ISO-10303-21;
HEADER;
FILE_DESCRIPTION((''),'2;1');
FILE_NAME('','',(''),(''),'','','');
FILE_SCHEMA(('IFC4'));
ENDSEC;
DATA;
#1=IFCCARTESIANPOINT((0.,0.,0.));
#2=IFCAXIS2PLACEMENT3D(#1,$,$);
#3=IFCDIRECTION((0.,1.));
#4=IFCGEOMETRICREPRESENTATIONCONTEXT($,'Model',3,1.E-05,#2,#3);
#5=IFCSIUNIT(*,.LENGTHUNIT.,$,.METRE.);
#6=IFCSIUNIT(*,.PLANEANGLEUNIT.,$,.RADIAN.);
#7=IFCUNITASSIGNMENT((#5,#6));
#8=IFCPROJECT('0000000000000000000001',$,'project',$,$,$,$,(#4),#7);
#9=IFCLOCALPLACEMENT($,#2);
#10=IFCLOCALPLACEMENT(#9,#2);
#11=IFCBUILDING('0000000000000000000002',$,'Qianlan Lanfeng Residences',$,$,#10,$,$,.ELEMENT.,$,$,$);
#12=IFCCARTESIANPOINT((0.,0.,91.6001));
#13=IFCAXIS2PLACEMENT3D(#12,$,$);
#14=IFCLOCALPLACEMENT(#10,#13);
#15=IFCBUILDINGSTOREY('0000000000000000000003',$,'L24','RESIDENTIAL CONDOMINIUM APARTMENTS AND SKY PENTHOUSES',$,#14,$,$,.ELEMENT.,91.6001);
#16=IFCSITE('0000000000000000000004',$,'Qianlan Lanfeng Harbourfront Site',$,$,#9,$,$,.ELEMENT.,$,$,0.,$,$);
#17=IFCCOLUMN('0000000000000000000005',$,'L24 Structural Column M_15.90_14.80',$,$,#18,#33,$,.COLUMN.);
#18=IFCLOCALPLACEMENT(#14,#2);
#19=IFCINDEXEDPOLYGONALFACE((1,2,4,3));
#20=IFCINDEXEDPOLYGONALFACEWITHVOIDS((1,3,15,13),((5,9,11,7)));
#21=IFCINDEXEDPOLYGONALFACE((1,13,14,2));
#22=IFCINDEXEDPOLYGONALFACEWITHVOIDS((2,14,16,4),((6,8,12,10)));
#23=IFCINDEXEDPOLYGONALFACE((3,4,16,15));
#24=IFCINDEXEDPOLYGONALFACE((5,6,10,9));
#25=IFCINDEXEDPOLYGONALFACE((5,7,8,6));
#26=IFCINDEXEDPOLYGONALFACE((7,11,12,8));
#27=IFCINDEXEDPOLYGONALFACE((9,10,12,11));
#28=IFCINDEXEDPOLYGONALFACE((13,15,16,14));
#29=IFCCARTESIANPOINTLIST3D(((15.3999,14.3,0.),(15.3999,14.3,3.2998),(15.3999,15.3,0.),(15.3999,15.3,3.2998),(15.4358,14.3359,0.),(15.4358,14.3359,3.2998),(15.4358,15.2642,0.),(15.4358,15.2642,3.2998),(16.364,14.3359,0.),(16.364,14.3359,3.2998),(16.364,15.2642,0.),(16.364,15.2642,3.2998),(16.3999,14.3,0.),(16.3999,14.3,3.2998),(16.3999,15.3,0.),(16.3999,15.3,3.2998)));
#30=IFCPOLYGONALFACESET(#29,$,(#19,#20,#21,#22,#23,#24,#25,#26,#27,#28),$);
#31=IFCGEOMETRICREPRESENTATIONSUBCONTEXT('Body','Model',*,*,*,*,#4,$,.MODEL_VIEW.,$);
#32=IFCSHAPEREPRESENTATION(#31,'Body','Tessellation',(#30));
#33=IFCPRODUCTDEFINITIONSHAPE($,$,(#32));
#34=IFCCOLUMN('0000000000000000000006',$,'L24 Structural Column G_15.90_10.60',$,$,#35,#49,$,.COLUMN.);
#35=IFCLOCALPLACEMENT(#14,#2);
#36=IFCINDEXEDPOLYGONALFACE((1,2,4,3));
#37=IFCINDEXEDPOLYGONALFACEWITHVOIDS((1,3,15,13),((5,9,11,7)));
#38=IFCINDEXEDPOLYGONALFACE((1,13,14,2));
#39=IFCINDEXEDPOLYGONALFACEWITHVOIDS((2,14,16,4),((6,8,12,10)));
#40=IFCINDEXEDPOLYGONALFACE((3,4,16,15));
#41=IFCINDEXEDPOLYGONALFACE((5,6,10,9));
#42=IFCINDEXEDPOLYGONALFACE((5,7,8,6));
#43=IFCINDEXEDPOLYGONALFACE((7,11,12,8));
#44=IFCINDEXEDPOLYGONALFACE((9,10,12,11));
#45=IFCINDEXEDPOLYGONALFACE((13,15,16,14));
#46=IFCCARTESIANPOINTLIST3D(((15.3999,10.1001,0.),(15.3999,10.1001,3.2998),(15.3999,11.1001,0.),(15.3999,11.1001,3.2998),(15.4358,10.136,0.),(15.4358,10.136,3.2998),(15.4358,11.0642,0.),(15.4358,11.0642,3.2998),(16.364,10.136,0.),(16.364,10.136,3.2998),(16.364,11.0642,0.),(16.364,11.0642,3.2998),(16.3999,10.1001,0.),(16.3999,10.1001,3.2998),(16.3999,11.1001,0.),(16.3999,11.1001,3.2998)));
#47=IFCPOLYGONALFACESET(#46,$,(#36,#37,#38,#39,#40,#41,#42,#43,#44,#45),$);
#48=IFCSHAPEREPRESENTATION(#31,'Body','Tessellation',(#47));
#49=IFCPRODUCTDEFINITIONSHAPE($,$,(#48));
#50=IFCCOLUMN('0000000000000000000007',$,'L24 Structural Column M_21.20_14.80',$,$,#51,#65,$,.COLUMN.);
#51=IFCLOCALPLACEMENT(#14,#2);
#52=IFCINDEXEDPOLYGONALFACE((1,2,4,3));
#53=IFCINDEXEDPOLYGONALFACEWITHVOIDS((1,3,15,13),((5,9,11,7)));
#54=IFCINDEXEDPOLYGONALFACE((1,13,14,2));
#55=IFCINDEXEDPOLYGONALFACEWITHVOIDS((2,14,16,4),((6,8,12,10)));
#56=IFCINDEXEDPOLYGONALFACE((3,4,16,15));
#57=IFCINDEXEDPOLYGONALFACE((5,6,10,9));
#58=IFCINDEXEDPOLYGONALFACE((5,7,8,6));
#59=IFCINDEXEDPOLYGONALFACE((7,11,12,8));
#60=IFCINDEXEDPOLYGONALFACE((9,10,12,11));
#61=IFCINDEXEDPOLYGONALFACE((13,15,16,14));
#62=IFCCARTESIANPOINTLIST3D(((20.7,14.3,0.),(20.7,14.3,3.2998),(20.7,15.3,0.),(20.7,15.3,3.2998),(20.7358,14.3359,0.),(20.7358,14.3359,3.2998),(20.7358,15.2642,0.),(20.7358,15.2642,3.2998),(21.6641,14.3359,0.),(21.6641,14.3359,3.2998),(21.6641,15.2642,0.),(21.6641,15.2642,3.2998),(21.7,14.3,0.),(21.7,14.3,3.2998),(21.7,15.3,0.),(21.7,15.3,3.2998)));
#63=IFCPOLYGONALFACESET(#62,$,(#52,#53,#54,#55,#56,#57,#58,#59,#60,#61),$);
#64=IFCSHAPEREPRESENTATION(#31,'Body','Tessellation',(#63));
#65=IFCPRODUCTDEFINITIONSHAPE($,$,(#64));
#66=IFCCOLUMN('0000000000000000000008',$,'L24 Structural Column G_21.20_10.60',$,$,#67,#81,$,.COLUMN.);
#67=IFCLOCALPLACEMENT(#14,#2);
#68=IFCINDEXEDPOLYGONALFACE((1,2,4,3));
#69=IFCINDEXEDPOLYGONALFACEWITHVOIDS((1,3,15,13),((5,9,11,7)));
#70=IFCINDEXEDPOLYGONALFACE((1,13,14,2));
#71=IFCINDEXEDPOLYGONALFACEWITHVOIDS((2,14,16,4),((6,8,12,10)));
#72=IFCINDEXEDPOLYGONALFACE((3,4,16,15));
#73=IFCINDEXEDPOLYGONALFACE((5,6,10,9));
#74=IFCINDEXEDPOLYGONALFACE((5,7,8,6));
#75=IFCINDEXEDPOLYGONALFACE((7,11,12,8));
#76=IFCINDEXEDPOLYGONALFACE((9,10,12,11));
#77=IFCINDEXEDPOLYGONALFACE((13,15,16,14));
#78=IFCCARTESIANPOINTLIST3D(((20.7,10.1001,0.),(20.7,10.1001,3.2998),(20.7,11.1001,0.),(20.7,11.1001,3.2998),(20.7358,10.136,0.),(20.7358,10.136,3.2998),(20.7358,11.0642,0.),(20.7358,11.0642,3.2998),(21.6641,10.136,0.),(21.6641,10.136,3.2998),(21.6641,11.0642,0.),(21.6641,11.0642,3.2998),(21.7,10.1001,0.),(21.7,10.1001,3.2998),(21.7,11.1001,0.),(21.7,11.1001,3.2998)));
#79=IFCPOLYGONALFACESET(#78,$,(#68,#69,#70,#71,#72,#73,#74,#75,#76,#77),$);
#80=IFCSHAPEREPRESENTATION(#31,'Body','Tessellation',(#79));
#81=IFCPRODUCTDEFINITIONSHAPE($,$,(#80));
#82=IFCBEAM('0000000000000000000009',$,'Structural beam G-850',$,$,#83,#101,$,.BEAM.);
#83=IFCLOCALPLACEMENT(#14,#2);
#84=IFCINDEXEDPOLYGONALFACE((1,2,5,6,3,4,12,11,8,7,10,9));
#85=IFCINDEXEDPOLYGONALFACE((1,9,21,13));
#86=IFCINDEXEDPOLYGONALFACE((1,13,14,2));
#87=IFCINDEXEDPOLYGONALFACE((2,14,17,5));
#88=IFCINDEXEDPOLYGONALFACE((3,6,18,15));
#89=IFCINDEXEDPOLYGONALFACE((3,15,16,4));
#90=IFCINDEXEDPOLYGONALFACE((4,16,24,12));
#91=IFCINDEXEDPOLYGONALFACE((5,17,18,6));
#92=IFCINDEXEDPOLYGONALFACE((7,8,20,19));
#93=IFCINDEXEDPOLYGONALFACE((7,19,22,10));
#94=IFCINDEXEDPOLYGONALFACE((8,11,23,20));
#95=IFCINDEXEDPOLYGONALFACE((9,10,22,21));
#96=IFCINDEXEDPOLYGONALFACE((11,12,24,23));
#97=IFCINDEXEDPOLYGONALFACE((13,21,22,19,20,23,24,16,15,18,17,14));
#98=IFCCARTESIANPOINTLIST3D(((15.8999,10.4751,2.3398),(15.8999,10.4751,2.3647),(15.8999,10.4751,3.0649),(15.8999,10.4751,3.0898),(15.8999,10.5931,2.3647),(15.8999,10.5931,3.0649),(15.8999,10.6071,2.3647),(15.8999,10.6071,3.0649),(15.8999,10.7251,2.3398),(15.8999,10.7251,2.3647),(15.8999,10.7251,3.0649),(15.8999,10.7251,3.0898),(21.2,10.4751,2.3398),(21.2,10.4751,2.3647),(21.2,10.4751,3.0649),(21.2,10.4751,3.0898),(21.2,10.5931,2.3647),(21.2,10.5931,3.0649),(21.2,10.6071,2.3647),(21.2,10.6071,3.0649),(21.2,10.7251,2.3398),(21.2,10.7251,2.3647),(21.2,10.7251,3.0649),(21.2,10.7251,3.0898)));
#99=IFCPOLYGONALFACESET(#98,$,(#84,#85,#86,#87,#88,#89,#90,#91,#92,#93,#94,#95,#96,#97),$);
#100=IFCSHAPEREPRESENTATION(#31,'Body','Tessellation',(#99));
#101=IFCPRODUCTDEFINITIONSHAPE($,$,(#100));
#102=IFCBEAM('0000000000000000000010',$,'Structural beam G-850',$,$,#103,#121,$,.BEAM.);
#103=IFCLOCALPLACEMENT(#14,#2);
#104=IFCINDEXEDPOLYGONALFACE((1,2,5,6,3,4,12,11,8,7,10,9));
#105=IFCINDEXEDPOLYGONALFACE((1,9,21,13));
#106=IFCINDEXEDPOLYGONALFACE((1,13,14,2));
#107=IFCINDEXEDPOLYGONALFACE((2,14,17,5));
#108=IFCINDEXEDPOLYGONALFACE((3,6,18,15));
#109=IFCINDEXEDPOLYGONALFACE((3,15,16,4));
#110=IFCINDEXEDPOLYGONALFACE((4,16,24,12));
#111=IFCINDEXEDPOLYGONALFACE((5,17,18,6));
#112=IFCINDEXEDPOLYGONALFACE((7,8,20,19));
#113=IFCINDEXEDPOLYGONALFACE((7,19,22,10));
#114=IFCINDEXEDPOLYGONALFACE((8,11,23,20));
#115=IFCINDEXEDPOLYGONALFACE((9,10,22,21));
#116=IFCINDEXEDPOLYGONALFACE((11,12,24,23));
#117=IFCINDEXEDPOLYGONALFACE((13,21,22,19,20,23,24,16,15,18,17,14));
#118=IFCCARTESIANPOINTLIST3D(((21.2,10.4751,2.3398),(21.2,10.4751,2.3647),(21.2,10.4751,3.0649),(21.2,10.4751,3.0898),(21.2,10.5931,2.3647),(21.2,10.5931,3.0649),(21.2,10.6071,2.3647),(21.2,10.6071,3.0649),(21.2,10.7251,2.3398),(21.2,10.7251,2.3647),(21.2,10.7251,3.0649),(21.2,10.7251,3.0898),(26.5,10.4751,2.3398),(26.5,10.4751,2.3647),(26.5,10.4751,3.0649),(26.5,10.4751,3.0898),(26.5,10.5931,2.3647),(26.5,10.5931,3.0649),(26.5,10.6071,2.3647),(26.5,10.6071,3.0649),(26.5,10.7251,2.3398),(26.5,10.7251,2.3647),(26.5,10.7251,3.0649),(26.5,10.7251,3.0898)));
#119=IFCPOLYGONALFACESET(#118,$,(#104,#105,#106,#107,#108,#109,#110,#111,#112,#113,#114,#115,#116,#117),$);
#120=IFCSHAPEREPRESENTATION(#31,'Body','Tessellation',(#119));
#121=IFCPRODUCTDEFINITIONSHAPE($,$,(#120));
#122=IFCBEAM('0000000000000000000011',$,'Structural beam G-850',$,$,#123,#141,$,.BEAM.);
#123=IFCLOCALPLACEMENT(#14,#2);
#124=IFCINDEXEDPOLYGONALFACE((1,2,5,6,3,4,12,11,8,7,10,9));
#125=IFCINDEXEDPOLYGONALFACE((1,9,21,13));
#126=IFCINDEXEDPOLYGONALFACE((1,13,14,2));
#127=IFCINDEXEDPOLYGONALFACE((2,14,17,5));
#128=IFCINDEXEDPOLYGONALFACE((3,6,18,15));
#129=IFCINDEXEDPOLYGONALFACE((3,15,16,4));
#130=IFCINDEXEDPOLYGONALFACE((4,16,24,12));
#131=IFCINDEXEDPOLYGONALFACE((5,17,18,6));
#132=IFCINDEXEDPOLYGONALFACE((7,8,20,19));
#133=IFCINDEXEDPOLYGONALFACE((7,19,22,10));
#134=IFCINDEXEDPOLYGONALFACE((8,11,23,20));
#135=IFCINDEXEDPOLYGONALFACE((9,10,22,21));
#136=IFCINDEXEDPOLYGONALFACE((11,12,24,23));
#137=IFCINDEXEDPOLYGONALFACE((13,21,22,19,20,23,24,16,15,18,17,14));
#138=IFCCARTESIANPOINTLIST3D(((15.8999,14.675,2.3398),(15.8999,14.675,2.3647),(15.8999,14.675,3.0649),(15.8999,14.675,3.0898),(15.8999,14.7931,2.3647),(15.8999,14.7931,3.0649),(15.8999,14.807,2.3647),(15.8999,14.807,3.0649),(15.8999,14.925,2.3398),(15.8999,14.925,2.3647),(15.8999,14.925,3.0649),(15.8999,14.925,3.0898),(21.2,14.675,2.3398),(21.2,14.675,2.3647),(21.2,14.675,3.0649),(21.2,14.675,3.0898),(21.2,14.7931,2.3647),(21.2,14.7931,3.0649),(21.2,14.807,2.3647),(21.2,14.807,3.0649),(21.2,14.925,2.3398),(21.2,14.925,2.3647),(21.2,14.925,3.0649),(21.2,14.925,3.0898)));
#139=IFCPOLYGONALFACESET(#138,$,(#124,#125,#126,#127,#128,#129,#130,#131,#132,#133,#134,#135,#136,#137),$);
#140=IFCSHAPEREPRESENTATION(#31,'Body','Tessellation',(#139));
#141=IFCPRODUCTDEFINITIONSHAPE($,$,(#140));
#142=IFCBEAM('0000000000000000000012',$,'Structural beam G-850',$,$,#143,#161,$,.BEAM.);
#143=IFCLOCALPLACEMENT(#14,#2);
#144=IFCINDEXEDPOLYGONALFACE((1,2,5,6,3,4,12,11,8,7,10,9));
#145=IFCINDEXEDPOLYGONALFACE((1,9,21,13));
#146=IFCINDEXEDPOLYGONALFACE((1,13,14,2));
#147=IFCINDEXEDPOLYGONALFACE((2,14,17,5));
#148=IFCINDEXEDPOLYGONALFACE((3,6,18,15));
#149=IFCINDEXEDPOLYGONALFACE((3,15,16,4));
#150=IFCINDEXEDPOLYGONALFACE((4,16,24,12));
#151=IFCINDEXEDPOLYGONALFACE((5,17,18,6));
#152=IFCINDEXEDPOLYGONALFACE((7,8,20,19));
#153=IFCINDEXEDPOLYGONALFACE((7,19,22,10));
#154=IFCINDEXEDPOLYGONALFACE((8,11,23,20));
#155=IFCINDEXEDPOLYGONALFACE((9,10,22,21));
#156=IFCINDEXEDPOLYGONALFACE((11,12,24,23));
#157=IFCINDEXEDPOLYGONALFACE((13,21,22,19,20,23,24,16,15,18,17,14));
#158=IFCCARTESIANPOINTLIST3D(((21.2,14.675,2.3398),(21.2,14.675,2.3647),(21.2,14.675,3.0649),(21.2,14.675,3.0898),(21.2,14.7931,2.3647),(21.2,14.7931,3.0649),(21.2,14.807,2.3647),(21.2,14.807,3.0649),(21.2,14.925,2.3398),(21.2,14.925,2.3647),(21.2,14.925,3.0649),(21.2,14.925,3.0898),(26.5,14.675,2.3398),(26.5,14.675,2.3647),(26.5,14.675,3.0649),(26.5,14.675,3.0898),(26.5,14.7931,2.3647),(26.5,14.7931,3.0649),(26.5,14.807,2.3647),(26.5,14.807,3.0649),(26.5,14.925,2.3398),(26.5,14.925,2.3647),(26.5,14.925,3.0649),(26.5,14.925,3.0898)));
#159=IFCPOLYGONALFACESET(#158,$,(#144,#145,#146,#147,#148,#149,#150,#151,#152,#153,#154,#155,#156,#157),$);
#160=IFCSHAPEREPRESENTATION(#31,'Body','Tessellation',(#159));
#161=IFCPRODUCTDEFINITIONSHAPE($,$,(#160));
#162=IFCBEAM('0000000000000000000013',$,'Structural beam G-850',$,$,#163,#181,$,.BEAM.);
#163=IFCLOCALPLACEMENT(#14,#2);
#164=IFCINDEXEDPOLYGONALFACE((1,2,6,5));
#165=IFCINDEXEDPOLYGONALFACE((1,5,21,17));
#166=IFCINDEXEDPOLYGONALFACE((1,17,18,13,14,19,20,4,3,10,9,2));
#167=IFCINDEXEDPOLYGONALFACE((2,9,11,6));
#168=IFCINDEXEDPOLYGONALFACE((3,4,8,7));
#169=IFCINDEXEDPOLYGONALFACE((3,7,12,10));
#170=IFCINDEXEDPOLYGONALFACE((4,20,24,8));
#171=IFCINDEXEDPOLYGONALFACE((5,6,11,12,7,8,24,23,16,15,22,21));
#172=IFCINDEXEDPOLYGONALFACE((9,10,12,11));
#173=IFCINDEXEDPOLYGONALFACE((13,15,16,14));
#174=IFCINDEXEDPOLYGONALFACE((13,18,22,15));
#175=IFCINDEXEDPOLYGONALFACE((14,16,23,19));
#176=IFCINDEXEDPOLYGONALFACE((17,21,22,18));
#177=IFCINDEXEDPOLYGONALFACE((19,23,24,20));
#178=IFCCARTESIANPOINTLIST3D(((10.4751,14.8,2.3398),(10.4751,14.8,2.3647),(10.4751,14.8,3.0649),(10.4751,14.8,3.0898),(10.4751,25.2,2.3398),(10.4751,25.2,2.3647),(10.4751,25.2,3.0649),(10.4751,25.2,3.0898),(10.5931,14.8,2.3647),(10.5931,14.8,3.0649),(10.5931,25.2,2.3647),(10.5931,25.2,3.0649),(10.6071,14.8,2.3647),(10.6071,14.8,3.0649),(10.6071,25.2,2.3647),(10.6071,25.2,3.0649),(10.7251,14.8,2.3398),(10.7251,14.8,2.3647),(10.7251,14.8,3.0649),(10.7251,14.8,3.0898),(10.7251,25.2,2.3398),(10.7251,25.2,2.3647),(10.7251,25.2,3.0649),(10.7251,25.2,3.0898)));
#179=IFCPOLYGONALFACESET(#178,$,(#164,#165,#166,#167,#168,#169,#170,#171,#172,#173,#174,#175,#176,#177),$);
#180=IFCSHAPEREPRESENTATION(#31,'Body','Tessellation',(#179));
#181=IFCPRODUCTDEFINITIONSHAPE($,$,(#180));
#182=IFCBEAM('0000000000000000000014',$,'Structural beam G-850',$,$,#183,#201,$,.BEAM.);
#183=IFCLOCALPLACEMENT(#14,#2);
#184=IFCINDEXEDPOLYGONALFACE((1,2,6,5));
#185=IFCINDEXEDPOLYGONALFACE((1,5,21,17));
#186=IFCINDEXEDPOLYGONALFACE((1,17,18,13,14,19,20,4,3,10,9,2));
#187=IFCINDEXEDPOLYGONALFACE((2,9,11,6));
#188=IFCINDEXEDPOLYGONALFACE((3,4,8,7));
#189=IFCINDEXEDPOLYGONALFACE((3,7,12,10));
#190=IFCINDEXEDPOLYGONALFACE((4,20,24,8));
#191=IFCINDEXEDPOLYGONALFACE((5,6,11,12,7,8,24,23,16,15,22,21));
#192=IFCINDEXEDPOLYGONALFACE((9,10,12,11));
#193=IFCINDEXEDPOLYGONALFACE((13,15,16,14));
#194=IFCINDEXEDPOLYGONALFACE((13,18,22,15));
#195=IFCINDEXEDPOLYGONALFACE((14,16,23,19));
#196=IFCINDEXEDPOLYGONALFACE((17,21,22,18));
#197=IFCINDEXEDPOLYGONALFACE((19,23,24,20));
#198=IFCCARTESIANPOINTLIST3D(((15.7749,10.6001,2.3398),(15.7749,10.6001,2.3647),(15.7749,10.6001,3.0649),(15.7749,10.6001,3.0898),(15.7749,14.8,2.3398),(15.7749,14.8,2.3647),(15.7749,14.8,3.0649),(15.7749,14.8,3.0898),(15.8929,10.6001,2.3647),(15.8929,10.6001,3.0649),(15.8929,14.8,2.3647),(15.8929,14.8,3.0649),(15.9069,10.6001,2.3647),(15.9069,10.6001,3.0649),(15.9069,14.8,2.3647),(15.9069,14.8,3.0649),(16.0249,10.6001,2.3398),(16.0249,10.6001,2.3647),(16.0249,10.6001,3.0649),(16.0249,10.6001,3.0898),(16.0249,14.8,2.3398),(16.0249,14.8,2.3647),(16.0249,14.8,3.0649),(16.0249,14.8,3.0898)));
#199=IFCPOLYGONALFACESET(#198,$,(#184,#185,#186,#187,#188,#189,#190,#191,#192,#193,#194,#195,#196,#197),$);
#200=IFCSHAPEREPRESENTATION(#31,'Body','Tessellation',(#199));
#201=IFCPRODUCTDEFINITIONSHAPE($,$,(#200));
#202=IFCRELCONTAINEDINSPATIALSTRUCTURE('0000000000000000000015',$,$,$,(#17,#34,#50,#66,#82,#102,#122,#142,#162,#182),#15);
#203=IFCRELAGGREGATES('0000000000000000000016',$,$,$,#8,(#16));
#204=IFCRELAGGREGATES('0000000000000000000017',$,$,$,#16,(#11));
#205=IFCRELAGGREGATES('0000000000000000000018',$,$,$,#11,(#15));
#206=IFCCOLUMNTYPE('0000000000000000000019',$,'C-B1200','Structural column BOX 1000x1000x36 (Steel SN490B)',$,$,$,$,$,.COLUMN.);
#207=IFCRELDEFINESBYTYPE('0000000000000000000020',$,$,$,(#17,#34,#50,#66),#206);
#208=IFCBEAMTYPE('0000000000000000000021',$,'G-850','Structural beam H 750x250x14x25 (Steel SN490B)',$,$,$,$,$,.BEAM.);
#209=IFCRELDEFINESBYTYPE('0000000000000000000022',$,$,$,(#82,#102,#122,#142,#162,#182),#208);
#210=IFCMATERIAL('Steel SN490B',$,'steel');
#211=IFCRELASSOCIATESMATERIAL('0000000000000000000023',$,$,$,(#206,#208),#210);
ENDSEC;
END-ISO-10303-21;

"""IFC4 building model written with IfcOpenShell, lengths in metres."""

from ifc_helpers import new_model, si_unit, direction, frame, origin, origin_2d, place, context, subcontext, project, spatial, hollow_rectangle, i_section, extrude, material, material_profile, profile_set, type_object, element, save


model = new_model("IFC4")

# Units and contexts
model_context = context("Model", 3, precision=1e-05, world=origin(), true_north=direction((0.0, 1.0)))
body_context = subcontext(model_context, "Body", "Model", "MODEL_VIEW")
ifc_project = project(units=[si_unit("LENGTHUNIT", "METRE"), si_unit("PLANEANGLEUNIT", "RADIAN")], contexts=[model_context])

# Site, building, storey
site_placement = place(None, origin())
site = spatial("IfcSite", under=ifc_project, at=site_placement, Name="Qianlan Lanfeng Harbourfront Site", CompositionType="ELEMENT", RefElevation=0.0)
building_placement = place(site_placement, origin())
building = spatial("IfcBuilding", under=site, at=building_placement, Name="Qianlan Lanfeng Residences", CompositionType="ELEMENT")
storey_placement = place(building_placement, frame((0.0, 0.0, 91.6001)))
storey = spatial("IfcBuildingStorey", under=building, at=storey_placement, Name="L24", Description="RESIDENTIAL CONDOMINIUM APARTMENTS AND SKY PENTHOUSES", CompositionType="ELEMENT", Elevation=91.6001)

# Columns
ifc_material_1 = material(Name="Steel SN490B", Category="steel")
ifc_material_profile_1 = material_profile(ifc_material_1, hollow_rectangle(XDim=1.0, YDim=1.0, WallThickness=0.0359, at=origin_2d()), Name="BOX 1000x1000x36")
ifc_profile_set_1 = profile_set([ifc_material_profile_1], Name="Steel SN490B")
column_type = type_object("IfcColumnType", Name="C-B1200", Description="Structural column BOX 1000x1000x36 (Steel SN490B)", PredefinedType="COLUMN", material=ifc_profile_set_1)
for number, where, z_axis, x_axis, name in (
    (1, (15.8999, 14.8, 0.0), (0.0, 0.0, 1.0), (1.0, 0.0, 0.0), "L24 Structural Column M_15.90_14.80"),
    (2, (15.8999, 10.6001, 0.0), (0.0, 0.0, 1.0), (1.0, 0.0, 0.0), "L24 Structural Column G_15.90_10.60"),
    (3, (21.2, 14.8, 0.0), (0.0, 0.0, 1.0), (1.0, 0.0, 0.0), "L24 Structural Column M_21.20_14.80"),
    (4, (21.2, 10.6001, 0.0), (0.0, 0.0, 1.0), (1.0, 0.0, 0.0), "L24 Structural Column G_21.20_10.60"),
):
    element("IfcColumn", number, at=place(storey_placement, frame(where, z_axis=z_axis, x_axis=x_axis)), inside=storey, type_object=column_type, Name=name, PredefinedType="COLUMN", context=body_context, shape_type="SweptSolid", body=[
        extrude(hollow_rectangle(XDim=1.0, YDim=1.0, WallThickness=0.0359, at=origin_2d()), origin(), (0.0, 0.0, 1.0), 3.2998),
    ])

# Beams
ifc_material_profile_2 = material_profile(ifc_material_1, i_section(OverallWidth=0.25, OverallDepth=0.75, WebThickness=0.0139, FlangeThickness=0.0249, at=origin_2d()), Name="H 750x250x14x25")
ifc_profile_set_2 = profile_set([ifc_material_profile_2], Name="Steel SN490B")
beam_type_1 = type_object("IfcBeamType", Name="G-850", Description="Structural beam H 750x250x14x25 (Steel SN490B)", PredefinedType="BEAM", material=ifc_profile_set_2)
for number, where, z_axis, x_axis, name in (
    (5, (15.8999, 10.6001, 2.7148), (1.0, 0.0, 0.0), (0.0, 1.0, 0.0), "Structural beam G-850"),
    (6, (21.2, 10.6001, 2.7148), (1.0, 0.0, 0.0), (0.0, 1.0, 0.0), "Structural beam G-850"),
    (7, (15.8999, 14.8, 2.7148), (1.0, 0.0, 0.0), (0.0, 1.0, 0.0), "Structural beam G-850"),
    (8, (21.2, 14.8, 2.7148), (1.0, 0.0, 0.0), (0.0, 1.0, 0.0), "Structural beam G-850"),
):
    element("IfcBeam", number, at=place(storey_placement, frame(where, z_axis=z_axis, x_axis=x_axis)), inside=storey, type_object=beam_type_1, Name=name, PredefinedType="BEAM", context=body_context, shape_type="SweptSolid", body=[
        extrude(i_section(OverallWidth=0.25, OverallDepth=0.75, WebThickness=0.0139, FlangeThickness=0.0249, at=origin_2d()), origin(), (0.0, 0.0, 1.0), 5.3),
    ])
beam_1_placement = place(storey_placement, frame((10.6001, 14.8, 2.7148), z_axis=(0.0, 1.0, 0.0), x_axis=(-1.0, 0.0, 0.0)))
element("IfcBeam", 9, at=beam_1_placement, inside=storey, type_object=beam_type_1, Name="Structural beam G-850", PredefinedType="BEAM", context=body_context, shape_type="SweptSolid", body=[
    extrude(i_section(OverallWidth=0.25, OverallDepth=0.75, WebThickness=0.0139, FlangeThickness=0.0249, at=origin_2d()), origin(), (0.0, 0.0, 1.0), 10.3999),
])
beam_2_placement = place(storey_placement, frame((15.8999, 10.6001, 2.7148), z_axis=(0.0, 1.0, 0.0), x_axis=(-1.0, 0.0, 0.0)))
element("IfcBeam", 10, at=beam_2_placement, inside=storey, type_object=beam_type_1, Name="Structural beam G-850", PredefinedType="BEAM", context=body_context, shape_type="SweptSolid", body=[
    extrude(i_section(OverallWidth=0.25, OverallDepth=0.75, WebThickness=0.0139, FlangeThickness=0.0249, at=origin_2d()), origin(), (0.0, 0.0, 1.0), 4.2),
])

save(model, "model.ifc")
